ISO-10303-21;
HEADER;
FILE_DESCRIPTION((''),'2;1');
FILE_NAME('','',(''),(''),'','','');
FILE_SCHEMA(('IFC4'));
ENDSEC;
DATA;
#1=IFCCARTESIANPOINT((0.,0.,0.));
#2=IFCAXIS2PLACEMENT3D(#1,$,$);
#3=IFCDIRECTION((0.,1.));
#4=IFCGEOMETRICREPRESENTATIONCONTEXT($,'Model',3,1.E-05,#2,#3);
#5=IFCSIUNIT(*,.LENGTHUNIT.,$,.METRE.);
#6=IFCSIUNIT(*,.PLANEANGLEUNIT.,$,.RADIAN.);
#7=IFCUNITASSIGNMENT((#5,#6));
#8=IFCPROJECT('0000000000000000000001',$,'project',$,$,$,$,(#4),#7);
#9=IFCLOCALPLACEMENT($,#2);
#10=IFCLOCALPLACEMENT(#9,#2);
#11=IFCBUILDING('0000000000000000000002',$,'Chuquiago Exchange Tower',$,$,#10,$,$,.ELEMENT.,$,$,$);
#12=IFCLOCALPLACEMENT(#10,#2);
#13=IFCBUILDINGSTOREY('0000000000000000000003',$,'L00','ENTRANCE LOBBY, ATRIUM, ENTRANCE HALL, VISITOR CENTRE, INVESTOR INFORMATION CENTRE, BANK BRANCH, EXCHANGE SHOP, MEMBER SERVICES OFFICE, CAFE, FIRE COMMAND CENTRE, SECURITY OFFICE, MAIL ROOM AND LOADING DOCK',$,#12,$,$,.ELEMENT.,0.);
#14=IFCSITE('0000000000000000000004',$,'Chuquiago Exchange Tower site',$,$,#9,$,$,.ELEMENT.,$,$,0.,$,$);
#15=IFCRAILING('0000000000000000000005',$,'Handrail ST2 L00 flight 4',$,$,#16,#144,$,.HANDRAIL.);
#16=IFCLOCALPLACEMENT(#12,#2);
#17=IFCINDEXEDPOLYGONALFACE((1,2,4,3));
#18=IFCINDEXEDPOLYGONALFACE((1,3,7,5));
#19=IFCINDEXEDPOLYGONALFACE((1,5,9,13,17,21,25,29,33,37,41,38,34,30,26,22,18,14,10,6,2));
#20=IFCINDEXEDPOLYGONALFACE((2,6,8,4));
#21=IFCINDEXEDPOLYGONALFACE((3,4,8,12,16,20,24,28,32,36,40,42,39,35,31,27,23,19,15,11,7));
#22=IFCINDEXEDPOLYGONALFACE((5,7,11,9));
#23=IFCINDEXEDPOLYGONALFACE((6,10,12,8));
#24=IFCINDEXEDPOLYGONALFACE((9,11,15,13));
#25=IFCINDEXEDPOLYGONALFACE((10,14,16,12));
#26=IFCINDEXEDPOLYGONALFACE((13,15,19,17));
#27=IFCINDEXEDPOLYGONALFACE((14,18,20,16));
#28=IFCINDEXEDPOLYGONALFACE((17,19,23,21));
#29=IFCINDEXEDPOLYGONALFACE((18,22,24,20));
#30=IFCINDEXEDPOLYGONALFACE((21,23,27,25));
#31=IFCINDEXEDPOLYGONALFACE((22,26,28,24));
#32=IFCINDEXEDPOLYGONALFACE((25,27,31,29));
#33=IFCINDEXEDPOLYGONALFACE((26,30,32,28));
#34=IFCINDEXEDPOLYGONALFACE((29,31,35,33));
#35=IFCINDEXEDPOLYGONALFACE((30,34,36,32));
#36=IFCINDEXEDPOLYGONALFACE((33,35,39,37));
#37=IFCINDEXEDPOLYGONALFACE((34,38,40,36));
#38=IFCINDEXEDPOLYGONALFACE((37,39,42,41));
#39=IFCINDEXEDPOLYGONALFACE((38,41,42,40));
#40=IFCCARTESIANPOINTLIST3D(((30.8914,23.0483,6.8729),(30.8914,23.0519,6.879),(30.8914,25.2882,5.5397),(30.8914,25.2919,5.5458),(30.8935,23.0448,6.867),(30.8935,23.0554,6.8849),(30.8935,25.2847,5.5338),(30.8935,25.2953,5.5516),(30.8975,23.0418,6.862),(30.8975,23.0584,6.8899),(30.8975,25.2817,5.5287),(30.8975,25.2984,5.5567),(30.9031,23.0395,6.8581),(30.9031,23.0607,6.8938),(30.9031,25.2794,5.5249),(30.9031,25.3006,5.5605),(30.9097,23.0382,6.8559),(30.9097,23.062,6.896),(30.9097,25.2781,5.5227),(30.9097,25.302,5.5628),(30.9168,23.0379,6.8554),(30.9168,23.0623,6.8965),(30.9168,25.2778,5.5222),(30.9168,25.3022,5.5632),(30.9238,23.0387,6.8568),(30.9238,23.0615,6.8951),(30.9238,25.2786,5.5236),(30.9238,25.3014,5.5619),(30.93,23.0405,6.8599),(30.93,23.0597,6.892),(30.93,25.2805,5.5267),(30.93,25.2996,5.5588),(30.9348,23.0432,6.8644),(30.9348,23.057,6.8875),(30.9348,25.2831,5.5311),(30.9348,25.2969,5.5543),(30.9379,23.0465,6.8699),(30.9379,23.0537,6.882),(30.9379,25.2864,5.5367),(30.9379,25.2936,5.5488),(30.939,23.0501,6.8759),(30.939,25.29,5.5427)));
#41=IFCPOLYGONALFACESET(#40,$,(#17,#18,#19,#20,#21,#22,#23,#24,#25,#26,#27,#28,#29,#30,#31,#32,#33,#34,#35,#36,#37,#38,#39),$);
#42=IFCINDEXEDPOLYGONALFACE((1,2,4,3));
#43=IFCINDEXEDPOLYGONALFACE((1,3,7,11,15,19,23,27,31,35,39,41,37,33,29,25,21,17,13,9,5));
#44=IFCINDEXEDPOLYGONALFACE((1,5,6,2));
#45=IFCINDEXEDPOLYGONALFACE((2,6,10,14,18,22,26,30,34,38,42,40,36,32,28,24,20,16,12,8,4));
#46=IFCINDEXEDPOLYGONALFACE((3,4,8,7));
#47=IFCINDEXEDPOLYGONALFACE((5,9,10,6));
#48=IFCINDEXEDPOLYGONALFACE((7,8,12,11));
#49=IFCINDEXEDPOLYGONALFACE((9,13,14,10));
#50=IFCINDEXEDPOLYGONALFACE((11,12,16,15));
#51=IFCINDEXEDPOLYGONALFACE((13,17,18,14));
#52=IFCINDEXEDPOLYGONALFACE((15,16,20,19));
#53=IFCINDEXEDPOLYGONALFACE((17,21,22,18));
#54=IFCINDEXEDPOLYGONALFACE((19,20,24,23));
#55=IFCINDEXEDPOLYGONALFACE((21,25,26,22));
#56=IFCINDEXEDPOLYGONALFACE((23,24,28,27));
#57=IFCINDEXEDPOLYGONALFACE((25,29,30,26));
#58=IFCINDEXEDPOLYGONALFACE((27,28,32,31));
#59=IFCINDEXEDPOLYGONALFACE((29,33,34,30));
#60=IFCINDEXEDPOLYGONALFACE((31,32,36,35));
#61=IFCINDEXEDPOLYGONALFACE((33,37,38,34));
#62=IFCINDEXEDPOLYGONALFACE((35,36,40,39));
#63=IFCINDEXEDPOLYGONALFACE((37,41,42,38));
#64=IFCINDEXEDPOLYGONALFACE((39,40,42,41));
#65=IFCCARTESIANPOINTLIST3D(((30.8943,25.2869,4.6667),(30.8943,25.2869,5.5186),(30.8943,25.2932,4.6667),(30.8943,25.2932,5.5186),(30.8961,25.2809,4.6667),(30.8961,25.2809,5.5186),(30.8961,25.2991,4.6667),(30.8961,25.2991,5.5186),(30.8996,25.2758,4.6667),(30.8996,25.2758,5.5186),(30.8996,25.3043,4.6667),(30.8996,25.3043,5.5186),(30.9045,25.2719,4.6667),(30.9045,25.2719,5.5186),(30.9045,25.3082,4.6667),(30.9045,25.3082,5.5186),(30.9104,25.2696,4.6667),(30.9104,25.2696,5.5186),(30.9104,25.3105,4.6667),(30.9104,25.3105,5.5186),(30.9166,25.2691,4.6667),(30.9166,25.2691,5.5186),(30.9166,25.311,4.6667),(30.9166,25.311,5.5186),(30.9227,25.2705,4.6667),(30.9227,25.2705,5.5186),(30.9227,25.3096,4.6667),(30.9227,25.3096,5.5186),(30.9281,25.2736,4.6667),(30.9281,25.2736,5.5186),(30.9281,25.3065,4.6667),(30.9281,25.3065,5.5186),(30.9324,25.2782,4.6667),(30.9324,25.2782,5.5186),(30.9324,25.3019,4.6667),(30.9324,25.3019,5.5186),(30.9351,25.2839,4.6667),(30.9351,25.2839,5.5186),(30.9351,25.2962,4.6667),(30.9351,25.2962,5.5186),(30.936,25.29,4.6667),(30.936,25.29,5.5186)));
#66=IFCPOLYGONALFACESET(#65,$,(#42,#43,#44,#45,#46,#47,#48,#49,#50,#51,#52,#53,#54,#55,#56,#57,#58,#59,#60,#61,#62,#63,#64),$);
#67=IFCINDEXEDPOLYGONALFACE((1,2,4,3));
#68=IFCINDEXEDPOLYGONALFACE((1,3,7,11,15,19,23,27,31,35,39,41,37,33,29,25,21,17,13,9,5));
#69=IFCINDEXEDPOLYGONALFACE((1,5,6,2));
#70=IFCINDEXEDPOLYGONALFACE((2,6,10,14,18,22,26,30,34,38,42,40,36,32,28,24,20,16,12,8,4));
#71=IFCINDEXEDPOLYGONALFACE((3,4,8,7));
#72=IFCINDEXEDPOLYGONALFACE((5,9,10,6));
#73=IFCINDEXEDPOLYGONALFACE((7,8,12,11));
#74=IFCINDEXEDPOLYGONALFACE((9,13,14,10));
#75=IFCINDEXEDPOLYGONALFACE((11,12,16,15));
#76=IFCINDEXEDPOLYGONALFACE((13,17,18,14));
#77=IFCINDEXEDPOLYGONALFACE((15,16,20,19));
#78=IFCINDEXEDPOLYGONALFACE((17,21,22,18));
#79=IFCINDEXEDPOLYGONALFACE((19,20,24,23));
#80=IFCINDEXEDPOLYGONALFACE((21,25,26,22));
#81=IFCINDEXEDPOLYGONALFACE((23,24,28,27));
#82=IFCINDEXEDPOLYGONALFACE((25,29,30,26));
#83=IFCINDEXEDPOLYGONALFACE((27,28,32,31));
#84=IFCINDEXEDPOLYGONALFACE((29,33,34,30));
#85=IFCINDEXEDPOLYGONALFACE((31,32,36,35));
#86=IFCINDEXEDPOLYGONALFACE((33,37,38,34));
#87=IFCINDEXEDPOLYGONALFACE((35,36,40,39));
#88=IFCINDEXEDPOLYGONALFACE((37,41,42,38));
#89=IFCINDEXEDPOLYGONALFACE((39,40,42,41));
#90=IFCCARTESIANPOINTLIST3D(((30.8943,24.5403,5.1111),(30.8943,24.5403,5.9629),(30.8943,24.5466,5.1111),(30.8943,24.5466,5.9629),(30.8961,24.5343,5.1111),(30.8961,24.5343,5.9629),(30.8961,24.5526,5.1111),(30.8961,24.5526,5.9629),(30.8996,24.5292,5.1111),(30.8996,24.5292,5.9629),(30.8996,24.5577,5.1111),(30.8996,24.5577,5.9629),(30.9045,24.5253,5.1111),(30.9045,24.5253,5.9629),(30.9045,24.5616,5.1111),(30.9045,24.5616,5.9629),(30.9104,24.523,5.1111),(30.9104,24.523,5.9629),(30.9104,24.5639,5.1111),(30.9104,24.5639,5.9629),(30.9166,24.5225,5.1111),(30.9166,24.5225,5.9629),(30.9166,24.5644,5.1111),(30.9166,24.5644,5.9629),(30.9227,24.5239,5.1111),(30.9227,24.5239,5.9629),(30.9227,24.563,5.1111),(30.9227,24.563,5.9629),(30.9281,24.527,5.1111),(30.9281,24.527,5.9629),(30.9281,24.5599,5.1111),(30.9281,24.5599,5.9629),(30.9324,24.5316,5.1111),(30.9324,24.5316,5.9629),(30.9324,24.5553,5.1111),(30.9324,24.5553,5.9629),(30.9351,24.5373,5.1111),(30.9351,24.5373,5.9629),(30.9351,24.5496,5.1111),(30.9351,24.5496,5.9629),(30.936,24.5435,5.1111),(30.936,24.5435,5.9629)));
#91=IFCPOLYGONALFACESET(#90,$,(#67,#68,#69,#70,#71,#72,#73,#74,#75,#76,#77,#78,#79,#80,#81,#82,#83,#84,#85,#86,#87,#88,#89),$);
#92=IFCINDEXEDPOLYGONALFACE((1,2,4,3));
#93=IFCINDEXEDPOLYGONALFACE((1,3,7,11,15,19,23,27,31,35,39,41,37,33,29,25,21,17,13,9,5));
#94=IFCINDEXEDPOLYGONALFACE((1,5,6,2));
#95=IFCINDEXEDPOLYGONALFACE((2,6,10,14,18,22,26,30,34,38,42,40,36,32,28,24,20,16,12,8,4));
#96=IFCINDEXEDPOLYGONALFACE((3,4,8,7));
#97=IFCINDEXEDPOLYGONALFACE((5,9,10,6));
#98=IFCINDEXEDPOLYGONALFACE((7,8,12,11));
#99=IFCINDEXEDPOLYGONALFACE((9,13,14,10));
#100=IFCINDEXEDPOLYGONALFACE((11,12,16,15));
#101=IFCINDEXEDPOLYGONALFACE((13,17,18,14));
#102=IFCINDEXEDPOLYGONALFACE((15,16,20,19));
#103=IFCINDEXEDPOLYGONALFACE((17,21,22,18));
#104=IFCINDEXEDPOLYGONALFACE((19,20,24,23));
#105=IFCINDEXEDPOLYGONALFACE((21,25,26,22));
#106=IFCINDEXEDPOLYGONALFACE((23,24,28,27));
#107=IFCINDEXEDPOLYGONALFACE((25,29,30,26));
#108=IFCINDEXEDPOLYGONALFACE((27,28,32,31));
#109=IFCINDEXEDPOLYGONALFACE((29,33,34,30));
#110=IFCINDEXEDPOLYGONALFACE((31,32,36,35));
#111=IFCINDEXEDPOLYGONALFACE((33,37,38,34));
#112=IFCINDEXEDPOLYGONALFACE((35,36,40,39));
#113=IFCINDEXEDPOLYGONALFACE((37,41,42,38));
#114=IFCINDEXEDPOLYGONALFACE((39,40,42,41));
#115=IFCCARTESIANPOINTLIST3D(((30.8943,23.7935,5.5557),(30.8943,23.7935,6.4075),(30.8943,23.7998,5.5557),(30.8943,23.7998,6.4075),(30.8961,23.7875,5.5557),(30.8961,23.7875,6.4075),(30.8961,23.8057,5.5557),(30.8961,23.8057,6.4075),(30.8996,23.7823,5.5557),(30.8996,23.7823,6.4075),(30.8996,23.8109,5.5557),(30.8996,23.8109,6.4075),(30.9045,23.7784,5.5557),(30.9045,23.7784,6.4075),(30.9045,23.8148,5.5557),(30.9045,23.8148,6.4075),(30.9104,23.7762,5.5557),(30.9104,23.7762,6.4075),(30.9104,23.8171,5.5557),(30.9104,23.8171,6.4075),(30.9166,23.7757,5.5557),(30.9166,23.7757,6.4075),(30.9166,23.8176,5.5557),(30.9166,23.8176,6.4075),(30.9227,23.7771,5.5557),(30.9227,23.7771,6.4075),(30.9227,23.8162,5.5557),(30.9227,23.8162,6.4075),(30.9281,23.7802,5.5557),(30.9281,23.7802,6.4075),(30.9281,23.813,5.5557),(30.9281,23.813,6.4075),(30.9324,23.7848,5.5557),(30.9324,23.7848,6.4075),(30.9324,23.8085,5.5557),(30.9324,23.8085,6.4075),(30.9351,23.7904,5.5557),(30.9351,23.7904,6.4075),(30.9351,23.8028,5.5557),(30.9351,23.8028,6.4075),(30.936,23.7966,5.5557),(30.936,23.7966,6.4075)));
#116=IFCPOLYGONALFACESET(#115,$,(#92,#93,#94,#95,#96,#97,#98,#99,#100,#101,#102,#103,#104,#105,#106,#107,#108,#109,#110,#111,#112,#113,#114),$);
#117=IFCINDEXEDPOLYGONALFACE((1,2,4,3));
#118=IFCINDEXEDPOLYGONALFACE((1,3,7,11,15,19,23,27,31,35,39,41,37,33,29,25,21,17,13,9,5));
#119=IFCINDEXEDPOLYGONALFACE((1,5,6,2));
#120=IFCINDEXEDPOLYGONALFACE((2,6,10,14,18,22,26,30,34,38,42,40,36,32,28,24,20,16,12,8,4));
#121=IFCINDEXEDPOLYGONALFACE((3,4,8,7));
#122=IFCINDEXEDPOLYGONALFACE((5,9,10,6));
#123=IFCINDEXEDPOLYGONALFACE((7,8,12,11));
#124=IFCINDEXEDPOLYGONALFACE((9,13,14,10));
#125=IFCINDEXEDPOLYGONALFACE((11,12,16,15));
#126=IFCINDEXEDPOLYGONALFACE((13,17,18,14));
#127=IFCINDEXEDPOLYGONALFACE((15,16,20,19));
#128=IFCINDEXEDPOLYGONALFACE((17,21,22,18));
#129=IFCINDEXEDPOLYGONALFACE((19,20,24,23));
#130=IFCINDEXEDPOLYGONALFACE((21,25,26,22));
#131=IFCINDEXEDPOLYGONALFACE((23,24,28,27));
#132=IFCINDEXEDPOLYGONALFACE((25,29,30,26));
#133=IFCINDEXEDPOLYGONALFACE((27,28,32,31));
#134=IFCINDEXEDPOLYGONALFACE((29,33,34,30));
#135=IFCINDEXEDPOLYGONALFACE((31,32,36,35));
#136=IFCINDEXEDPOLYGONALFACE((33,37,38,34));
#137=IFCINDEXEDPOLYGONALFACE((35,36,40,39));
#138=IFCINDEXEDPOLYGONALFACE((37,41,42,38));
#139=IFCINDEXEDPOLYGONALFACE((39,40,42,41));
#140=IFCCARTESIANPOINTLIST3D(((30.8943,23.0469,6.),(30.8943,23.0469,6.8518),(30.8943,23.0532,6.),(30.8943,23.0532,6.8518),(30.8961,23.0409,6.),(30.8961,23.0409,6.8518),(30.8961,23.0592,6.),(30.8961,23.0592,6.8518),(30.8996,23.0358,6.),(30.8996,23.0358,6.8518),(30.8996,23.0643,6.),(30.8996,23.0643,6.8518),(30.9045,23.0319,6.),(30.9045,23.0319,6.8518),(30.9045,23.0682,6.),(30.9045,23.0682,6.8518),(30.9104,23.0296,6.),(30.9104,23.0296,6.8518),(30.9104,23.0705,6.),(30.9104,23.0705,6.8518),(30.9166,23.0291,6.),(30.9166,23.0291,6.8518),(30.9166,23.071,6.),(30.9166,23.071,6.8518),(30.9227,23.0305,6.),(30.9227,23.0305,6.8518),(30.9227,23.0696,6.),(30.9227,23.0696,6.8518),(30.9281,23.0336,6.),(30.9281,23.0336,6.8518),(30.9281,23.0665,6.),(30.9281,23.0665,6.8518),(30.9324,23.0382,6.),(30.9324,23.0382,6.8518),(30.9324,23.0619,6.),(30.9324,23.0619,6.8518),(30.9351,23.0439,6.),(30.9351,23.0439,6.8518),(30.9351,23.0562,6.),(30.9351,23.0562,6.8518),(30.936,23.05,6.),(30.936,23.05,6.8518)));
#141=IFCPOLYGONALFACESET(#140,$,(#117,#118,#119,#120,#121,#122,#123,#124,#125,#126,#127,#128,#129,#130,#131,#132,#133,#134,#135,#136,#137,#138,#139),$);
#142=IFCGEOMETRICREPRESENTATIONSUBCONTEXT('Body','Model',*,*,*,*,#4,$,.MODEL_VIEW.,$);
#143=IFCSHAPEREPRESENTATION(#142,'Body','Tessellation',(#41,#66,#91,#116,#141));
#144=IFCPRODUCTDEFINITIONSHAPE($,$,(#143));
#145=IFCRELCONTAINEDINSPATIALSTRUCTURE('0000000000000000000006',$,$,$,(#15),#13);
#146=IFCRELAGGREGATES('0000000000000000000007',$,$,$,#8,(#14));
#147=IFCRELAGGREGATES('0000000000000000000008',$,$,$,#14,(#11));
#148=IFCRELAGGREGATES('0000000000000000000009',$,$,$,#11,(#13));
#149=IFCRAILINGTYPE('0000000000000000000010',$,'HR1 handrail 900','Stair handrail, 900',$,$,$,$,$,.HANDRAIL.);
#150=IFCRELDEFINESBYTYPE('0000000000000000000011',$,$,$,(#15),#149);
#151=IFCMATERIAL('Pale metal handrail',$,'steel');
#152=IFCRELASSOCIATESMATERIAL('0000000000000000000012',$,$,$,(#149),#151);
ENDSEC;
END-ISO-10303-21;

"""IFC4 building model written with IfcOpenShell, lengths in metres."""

from ifc_helpers import new_model, si_unit, direction, frame, origin, origin_2d, place, context, subcontext, project, spatial, circle, extrude, material, type_object, element, save


model = new_model("IFC4")

# Units and contexts
model_context = context("Model", 3, precision=1e-05, world=origin(), true_north=direction((0.0, 1.0)))
body_context = subcontext(model_context, "Body", "Model", "MODEL_VIEW")
ifc_project = project(units=[si_unit("LENGTHUNIT", "METRE"), si_unit("PLANEANGLEUNIT", "RADIAN")], contexts=[model_context])

# Site, building, storey
site_placement = place(None, origin())
site = spatial("IfcSite", under=ifc_project, at=site_placement, Name="Chuquiago Exchange Tower site", CompositionType="ELEMENT", RefElevation=0.0)
building_placement = place(site_placement, origin())
building = spatial("IfcBuilding", under=site, at=building_placement, Name="Chuquiago Exchange Tower", CompositionType="ELEMENT")
storey_placement = place(building_placement, origin())
storey = spatial("IfcBuildingStorey", under=building, at=storey_placement, Name="L00", Description="ENTRANCE LOBBY, ATRIUM, ENTRANCE HALL, VISITOR CENTRE, INVESTOR INFORMATION CENTRE, BANK BRANCH, EXCHANGE SHOP, MEMBER SERVICES OFFICE, CAFE, FIRE COMMAND CENTRE, SECURITY OFFICE, MAIL ROOM AND LOADING DOCK", CompositionType="ELEMENT", Elevation=0.0)

# Railing
ifc_material_1 = material(Name="Pale metal handrail", Category="steel")
railing_type = type_object("IfcRailingType", Name="HR1 handrail 900", Description="Stair handrail, 900", PredefinedType="HANDRAIL", material=ifc_material_1)
railing_placement = place(storey_placement, frame((30.915, 25.29, 4.6667)))
element("IfcRailing", 1, at=railing_placement, inside=storey, type_object=railing_type, Name="Handrail ST2 L00 flight 4", PredefinedType="HANDRAIL", context=body_context, shape_type="SweptSolid", body=[
    extrude(circle(Radius=0.0239, at=origin_2d()), frame((0.0, 0.0, 0.876), z_axis=(0.0, -0.859306, 0.511462), x_axis=(1.0, 0.0, 0.0)), (0.0, 0.0, 1.0), 2.6067),
    extrude(circle(Radius=0.021, at=origin_2d()), origin(), (0.0, 0.0, 1.0), 0.8518),
    extrude(circle(Radius=0.021, at=origin_2d()), frame((0.0, -0.7466, 0.4443)), (0.0, 0.0, 1.0), 0.8518),
    extrude(circle(Radius=0.021, at=origin_2d()), frame((0.0, -1.4934, 0.8889)), (0.0, 0.0, 1.0), 0.8518),
    extrude(circle(Radius=0.021, at=origin_2d()), frame((0.0, -2.24, 1.3333)), (0.0, 0.0, 1.0), 0.8518),
])

save(model, "model.ifc")
